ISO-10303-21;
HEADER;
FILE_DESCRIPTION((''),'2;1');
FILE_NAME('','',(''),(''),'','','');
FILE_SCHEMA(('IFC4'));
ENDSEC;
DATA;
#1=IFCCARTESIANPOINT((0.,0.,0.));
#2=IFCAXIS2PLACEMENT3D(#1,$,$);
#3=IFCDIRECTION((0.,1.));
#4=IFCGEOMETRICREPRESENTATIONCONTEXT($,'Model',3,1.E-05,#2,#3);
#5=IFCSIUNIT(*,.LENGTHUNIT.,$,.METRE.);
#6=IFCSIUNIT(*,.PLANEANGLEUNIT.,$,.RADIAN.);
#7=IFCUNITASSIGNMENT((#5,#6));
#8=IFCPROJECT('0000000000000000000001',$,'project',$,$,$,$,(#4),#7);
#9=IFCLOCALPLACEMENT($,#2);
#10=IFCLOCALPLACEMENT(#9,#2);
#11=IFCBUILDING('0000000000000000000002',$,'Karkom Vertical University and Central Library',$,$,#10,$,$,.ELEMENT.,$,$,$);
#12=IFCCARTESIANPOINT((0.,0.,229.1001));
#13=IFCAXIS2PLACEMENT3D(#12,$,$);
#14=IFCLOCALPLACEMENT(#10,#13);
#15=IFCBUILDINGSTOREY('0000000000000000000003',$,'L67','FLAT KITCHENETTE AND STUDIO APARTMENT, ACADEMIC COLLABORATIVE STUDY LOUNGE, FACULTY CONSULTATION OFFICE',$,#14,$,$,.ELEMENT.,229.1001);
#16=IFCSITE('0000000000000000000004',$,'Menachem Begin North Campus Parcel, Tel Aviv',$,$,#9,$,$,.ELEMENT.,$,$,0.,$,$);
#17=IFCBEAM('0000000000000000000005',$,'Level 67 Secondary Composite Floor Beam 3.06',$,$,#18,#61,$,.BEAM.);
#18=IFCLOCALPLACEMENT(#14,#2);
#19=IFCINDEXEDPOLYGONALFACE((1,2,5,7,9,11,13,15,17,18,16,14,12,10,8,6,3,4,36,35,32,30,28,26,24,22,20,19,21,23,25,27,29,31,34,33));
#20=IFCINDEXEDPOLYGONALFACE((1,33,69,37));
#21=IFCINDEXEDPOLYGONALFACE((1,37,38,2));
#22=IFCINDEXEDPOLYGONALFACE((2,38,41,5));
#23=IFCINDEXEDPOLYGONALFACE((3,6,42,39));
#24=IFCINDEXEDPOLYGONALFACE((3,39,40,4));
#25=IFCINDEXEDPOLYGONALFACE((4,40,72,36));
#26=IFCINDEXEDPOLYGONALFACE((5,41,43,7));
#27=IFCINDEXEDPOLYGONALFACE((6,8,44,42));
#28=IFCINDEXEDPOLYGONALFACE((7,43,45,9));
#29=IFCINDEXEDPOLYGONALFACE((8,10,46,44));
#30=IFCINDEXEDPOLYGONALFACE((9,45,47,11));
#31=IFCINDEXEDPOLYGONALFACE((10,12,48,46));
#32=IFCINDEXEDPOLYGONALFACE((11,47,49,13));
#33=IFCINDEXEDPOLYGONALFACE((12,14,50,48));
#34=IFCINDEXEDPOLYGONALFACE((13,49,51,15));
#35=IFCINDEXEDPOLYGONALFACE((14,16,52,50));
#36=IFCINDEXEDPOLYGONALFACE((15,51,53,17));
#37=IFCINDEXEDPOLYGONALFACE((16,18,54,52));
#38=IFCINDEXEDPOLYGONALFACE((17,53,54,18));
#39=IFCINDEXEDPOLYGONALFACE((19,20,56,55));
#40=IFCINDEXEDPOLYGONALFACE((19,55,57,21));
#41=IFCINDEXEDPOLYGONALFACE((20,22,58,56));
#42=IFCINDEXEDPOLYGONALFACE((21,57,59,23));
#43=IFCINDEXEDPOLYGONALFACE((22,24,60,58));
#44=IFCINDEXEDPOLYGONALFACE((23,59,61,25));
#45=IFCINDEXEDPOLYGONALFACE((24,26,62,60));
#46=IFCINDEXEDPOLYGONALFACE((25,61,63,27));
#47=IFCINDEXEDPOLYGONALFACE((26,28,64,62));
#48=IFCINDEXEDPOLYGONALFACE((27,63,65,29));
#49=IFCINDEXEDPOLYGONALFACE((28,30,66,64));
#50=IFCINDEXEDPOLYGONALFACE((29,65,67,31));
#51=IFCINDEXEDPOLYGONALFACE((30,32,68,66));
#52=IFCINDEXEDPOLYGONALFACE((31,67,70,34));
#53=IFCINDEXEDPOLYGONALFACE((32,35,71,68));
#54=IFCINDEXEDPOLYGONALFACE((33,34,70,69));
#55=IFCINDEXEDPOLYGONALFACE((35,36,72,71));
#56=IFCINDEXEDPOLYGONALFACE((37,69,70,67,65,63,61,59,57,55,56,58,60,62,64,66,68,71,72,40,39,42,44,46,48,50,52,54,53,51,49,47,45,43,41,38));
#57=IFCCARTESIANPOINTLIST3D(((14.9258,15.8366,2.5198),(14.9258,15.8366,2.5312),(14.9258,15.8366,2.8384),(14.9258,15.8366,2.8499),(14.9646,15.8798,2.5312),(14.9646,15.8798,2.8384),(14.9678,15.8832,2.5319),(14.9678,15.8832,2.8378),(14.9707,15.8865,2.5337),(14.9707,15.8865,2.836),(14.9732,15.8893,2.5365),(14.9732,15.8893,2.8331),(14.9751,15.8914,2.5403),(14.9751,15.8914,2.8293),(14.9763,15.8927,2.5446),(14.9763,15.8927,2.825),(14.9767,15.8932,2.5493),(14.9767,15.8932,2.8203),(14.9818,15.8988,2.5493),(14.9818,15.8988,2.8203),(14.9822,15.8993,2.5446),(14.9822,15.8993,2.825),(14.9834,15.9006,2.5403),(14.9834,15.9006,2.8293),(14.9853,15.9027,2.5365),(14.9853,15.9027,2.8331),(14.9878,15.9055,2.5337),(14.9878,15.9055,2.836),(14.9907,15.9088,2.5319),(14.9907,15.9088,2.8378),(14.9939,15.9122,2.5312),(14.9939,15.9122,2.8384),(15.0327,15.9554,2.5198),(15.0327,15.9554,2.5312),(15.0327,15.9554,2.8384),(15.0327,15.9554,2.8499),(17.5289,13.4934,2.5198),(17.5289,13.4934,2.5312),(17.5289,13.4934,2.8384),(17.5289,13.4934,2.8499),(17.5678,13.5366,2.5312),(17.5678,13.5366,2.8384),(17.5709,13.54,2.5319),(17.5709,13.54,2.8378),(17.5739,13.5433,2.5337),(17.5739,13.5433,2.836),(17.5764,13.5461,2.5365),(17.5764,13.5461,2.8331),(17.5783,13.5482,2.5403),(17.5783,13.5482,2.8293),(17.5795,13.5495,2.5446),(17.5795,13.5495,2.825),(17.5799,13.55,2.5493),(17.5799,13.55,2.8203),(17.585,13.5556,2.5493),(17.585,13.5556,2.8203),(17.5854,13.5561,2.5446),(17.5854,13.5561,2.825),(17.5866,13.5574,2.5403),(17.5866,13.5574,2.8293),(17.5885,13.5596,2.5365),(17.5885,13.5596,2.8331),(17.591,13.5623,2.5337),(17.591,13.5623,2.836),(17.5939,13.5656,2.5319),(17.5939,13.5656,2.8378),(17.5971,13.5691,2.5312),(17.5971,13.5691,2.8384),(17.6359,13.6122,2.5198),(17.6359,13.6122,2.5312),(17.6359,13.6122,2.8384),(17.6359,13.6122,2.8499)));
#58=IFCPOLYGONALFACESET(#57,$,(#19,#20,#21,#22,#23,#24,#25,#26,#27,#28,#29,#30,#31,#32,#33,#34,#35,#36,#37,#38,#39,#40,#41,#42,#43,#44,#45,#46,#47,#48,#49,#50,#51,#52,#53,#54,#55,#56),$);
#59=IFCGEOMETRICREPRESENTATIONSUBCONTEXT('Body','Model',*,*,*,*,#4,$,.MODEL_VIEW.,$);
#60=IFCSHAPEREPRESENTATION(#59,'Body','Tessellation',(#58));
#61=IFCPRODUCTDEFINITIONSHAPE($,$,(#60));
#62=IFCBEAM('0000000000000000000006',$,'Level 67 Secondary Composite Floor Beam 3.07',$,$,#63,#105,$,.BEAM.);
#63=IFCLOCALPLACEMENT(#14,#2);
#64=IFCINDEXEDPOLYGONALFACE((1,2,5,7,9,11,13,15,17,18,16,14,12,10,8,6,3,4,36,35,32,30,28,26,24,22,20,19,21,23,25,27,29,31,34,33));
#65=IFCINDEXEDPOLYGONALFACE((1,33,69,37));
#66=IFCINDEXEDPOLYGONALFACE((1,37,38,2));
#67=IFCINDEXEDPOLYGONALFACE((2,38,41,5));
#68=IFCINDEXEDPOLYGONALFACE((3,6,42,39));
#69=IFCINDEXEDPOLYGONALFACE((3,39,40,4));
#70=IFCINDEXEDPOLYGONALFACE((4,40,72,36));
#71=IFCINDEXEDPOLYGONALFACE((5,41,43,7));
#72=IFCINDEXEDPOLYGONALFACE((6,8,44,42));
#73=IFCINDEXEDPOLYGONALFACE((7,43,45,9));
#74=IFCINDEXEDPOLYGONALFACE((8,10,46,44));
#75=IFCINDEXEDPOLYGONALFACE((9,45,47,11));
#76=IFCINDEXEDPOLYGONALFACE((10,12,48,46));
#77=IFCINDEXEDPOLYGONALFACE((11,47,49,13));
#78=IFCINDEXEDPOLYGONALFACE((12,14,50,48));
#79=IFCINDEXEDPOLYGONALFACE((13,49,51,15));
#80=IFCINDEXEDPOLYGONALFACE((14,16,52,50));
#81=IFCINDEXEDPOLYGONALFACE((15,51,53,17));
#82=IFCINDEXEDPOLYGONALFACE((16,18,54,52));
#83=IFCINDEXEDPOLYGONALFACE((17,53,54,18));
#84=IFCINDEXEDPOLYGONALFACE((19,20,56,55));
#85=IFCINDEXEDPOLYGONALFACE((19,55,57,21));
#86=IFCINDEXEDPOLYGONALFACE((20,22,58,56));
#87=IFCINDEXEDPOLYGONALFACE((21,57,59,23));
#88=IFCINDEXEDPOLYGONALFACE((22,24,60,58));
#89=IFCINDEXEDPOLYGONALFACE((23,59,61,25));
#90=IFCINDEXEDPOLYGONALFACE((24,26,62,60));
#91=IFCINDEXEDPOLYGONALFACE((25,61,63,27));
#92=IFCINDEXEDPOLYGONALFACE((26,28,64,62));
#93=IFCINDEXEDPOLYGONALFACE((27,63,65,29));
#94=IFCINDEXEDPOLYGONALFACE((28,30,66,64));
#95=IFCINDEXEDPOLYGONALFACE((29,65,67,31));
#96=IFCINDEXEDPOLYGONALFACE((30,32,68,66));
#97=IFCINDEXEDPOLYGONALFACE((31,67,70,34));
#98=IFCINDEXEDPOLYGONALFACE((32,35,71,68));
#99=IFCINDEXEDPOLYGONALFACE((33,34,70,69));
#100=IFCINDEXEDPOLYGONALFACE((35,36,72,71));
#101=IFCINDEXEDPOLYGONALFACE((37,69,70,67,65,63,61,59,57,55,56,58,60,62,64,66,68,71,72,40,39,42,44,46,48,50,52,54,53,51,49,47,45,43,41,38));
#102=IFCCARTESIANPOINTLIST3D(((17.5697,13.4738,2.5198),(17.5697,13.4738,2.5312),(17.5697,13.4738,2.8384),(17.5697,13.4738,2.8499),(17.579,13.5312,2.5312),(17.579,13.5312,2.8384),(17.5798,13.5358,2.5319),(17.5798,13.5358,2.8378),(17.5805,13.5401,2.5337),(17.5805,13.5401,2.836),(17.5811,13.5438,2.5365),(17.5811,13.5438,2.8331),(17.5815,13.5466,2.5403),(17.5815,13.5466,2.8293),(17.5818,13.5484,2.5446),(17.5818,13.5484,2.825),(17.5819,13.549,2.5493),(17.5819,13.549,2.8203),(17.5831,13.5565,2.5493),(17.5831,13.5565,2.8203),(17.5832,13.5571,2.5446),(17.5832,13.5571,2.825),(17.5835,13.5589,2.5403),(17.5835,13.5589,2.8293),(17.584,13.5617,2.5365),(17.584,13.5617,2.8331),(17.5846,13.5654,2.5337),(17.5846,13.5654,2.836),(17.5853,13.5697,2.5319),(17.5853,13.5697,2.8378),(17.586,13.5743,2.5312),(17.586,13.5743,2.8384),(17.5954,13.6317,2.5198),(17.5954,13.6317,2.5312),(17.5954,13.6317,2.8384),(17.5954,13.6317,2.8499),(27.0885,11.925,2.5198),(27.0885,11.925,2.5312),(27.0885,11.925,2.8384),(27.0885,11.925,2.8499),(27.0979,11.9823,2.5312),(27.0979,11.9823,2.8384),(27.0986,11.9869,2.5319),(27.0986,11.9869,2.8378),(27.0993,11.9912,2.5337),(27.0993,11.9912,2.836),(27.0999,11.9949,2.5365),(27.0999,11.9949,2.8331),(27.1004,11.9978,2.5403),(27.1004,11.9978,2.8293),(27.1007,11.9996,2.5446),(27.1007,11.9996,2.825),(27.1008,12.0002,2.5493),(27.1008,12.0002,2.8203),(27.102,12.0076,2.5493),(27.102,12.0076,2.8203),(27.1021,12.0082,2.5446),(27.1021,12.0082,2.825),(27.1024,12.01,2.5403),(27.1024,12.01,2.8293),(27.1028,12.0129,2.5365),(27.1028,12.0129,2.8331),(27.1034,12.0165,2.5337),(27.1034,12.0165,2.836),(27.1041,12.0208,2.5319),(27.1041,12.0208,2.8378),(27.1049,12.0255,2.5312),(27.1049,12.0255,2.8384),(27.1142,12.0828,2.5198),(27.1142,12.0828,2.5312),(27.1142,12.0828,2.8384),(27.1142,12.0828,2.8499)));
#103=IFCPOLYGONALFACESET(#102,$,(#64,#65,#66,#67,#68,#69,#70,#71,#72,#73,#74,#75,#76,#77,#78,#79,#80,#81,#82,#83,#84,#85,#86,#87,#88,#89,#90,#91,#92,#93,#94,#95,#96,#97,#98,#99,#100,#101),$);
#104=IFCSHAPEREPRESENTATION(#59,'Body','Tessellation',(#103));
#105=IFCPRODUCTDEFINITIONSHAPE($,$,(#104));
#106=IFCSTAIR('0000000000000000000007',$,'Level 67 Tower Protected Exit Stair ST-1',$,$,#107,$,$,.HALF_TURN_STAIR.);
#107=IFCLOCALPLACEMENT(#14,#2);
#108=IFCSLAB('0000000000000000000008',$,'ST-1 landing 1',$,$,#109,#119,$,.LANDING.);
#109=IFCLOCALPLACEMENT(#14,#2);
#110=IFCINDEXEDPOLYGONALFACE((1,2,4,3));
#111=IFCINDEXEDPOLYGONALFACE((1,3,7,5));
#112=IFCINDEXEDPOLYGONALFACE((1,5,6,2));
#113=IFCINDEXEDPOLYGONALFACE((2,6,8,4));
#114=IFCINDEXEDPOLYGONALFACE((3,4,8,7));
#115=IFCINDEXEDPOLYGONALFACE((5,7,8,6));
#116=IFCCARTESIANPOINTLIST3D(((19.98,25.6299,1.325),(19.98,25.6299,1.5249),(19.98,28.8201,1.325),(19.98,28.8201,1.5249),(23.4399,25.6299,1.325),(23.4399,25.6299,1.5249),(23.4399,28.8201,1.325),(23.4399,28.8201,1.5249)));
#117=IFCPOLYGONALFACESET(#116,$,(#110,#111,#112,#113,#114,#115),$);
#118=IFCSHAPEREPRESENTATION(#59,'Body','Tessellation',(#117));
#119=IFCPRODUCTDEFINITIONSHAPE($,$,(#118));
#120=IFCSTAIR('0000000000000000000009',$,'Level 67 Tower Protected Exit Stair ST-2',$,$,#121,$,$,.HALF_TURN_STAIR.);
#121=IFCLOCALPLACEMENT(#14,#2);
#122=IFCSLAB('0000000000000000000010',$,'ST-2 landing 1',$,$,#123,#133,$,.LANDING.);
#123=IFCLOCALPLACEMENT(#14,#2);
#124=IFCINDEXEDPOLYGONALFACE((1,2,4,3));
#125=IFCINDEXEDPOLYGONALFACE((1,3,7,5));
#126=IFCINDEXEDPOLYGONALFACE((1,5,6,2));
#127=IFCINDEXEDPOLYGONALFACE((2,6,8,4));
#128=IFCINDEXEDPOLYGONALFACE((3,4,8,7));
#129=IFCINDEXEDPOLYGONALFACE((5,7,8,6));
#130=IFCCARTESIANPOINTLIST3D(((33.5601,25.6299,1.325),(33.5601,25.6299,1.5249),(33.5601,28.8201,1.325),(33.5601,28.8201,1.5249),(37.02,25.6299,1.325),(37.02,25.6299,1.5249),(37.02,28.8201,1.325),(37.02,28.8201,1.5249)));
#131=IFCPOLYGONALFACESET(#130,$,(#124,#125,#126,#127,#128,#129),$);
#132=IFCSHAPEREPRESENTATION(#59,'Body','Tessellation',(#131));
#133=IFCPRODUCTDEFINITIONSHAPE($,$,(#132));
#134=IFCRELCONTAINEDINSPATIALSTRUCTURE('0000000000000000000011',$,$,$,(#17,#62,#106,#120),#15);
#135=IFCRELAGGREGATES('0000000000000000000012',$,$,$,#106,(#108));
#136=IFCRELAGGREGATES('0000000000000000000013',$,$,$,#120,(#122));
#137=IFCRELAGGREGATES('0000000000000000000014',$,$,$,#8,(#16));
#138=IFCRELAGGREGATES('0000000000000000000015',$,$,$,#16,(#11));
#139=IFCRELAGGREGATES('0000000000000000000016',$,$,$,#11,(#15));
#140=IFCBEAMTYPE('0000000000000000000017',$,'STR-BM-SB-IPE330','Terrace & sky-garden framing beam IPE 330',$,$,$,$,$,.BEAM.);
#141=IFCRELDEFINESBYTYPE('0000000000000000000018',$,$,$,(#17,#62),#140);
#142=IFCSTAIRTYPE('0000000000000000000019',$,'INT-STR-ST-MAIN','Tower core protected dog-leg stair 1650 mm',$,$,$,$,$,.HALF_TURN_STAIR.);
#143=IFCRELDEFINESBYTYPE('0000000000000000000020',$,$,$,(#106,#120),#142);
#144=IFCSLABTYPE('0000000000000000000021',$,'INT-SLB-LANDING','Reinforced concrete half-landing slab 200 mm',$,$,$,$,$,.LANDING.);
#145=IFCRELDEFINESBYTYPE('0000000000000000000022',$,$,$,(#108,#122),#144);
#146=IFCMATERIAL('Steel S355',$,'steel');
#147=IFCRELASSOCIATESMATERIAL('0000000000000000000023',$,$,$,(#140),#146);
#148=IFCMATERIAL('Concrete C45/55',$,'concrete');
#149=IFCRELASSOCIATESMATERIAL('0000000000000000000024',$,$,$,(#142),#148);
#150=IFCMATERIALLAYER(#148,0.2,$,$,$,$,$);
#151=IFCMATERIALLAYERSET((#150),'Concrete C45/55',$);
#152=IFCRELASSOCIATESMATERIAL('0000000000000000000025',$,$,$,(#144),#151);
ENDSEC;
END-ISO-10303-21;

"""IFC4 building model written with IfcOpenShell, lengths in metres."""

from ifc_helpers import new_model, si_unit, direction, frame, origin, origin_with_axes, origin_2d, place, context, subcontext, project, spatial, polyline, i_section, outline, extrude, source, transform, mapped, material, layer, layer_set, material_profile, profile_set, type_object, element, aggregate, save


model = new_model("IFC4")

# Units and contexts
model_context = context("Model", 3, precision=1e-05, world=origin(), true_north=direction((0.0, 1.0)))
body_context = subcontext(model_context, "Body", "Model", "MODEL_VIEW")
ifc_project = project(units=[si_unit("LENGTHUNIT", "METRE"), si_unit("PLANEANGLEUNIT", "RADIAN")], contexts=[model_context])

# Site, building, storey
site_placement = place(None, origin())
site = spatial("IfcSite", under=ifc_project, at=site_placement, Name="Menachem Begin North Campus Parcel, Tel Aviv", CompositionType="ELEMENT", RefElevation=0.0)
building_placement = place(site_placement, origin())
building = spatial("IfcBuilding", under=site, at=building_placement, Name="Karkom Vertical University and Central Library", CompositionType="ELEMENT")
storey_placement = place(building_placement, frame((0.0, 0.0, 229.1001)))
storey = spatial("IfcBuildingStorey", under=building, at=storey_placement, Name="L67", Description="FLAT KITCHENETTE AND STUDIO APARTMENT, ACADEMIC COLLABORATIVE STUDY LOUNGE, FACULTY CONSULTATION OFFICE", CompositionType="ELEMENT", Elevation=229.1001)

# Shared definitions
ifc_material_1 = material(Name="Concrete C45/55", Category="concrete")

# Beams
ifc_material_2 = material(Name="Steel S355", Category="steel")
ifc_material_profile_1 = material_profile(ifc_material_2, i_section(OverallWidth=0.1599, OverallDepth=0.3301, WebThickness=0.0076, FlangeThickness=0.0115, FilletRadius=0.0181, at=origin_2d()), Name="IPE 330")
ifc_profile_set_1 = profile_set([ifc_material_profile_1], Name="Steel S355")
beam_type_1 = type_object("IfcBeamType", Name="STR-BM-SB-IPE330", Description="Terrace & sky-garden framing beam IPE 330", PredefinedType="BEAM", material=ifc_profile_set_1)
shared_shape_1 = source(origin_with_axes(), body_context, "Body", "SweptSolid", [
    extrude(i_section(OverallWidth=0.1599, OverallDepth=0.3301, WebThickness=0.0076, FlangeThickness=0.0115, FilletRadius=0.0181, at=origin_2d()), origin(), (0.0, 0.0, 1.0), 3.5024),
])
beam_1_placement = place(storey_placement, frame((14.9792, 15.896, 2.6848), z_axis=(0.743249, -0.669015, 0.0), x_axis=(0.669015, 0.743249, 0.0)))
element("IfcBeam", 1, at=beam_1_placement, inside=storey, type_object=beam_type_1, Name="Level 67 Secondary Composite Floor Beam 3.06", PredefinedType="BEAM", context=body_context, shape_type="MappedRepresentation", body=[
    mapped(shared_shape_1, transform((0.0, 0.0, 0.0), scale=1.0)),
])
shared_shape_2 = source(origin_with_axes(), body_context, "Body", "SweptSolid", [
    extrude(i_section(OverallWidth=0.1599, OverallDepth=0.3301, WebThickness=0.0076, FlangeThickness=0.0115, FilletRadius=0.0181, at=origin_2d()), origin(), (0.0, 0.0, 1.0), 9.644),
])
beam_2_placement = place(storey_placement, frame((17.5825, 13.5527, 2.6848), z_axis=(0.987019, -0.1606, 0.0), x_axis=(0.1606, 0.987019, 0.0)))
element("IfcBeam", 2, at=beam_2_placement, inside=storey, type_object=beam_type_1, Name="Level 67 Secondary Composite Floor Beam 3.07", PredefinedType="BEAM", context=body_context, shape_type="MappedRepresentation", body=[
    mapped(shared_shape_2, transform((0.0, 0.0, 0.0), scale=1.0)),
])

# Stairs, slabs
stair_type = type_object("IfcStairType", Name="INT-STR-ST-MAIN", Description="Tower core protected dog-leg stair 1650 mm", PredefinedType="HALF_TURN_STAIR", material=ifc_material_1)
stair_1_placement = place(storey_placement, origin())
stair_1 = element("IfcStair", 3, at=stair_1_placement, inside=storey, type_object=stair_type, Name="Level 67 Tower Protected Exit Stair ST-1", PredefinedType="HALF_TURN_STAIR")
ifc_layer_1 = layer(ifc_material_1, 0.2)
ifc_layer_set_1 = layer_set([ifc_layer_1], Name="Concrete C45/55")
slab_type_1 = type_object("IfcSlabType", Name="INT-SLB-LANDING", Description="Reinforced concrete half-landing slab 200 mm", PredefinedType="LANDING", material=ifc_layer_set_1)
slab_1_placement = place(storey_placement, frame((0.0, 0.0, 1.325)))
slab_1 = element("IfcSlab", 4, at=slab_1_placement, type_object=slab_type_1, Name="ST-1 landing 1", PredefinedType="LANDING", context=body_context, shape_type="SweptSolid", body=[
    extrude(outline(polyline([(23.4399, 25.6299), (23.4399, 28.8201), (19.98, 28.8201), (19.98, 25.6299), (23.4399, 25.6299)])), origin(), (0.0, 0.0, 1.0), 0.2),
])
aggregate(stair_1, [slab_1])
stair_2_placement = place(storey_placement, origin())
stair_2 = element("IfcStair", 5, at=stair_2_placement, inside=storey, type_object=stair_type, Name="Level 67 Tower Protected Exit Stair ST-2", PredefinedType="HALF_TURN_STAIR")
slab_2_placement = place(storey_placement, frame((0.0, 0.0, 1.325)))
slab_2 = element("IfcSlab", 6, at=slab_2_placement, type_object=slab_type_1, Name="ST-2 landing 1", PredefinedType="LANDING", context=body_context, shape_type="SweptSolid", body=[
    extrude(outline(polyline([(37.02, 25.6299), (37.02, 28.8201), (33.5601, 28.8201), (33.5601, 25.6299), (37.02, 25.6299)])), origin(), (0.0, 0.0, 1.0), 0.2),
])
aggregate(stair_2, [slab_2])

save(model, "model.ifc")
